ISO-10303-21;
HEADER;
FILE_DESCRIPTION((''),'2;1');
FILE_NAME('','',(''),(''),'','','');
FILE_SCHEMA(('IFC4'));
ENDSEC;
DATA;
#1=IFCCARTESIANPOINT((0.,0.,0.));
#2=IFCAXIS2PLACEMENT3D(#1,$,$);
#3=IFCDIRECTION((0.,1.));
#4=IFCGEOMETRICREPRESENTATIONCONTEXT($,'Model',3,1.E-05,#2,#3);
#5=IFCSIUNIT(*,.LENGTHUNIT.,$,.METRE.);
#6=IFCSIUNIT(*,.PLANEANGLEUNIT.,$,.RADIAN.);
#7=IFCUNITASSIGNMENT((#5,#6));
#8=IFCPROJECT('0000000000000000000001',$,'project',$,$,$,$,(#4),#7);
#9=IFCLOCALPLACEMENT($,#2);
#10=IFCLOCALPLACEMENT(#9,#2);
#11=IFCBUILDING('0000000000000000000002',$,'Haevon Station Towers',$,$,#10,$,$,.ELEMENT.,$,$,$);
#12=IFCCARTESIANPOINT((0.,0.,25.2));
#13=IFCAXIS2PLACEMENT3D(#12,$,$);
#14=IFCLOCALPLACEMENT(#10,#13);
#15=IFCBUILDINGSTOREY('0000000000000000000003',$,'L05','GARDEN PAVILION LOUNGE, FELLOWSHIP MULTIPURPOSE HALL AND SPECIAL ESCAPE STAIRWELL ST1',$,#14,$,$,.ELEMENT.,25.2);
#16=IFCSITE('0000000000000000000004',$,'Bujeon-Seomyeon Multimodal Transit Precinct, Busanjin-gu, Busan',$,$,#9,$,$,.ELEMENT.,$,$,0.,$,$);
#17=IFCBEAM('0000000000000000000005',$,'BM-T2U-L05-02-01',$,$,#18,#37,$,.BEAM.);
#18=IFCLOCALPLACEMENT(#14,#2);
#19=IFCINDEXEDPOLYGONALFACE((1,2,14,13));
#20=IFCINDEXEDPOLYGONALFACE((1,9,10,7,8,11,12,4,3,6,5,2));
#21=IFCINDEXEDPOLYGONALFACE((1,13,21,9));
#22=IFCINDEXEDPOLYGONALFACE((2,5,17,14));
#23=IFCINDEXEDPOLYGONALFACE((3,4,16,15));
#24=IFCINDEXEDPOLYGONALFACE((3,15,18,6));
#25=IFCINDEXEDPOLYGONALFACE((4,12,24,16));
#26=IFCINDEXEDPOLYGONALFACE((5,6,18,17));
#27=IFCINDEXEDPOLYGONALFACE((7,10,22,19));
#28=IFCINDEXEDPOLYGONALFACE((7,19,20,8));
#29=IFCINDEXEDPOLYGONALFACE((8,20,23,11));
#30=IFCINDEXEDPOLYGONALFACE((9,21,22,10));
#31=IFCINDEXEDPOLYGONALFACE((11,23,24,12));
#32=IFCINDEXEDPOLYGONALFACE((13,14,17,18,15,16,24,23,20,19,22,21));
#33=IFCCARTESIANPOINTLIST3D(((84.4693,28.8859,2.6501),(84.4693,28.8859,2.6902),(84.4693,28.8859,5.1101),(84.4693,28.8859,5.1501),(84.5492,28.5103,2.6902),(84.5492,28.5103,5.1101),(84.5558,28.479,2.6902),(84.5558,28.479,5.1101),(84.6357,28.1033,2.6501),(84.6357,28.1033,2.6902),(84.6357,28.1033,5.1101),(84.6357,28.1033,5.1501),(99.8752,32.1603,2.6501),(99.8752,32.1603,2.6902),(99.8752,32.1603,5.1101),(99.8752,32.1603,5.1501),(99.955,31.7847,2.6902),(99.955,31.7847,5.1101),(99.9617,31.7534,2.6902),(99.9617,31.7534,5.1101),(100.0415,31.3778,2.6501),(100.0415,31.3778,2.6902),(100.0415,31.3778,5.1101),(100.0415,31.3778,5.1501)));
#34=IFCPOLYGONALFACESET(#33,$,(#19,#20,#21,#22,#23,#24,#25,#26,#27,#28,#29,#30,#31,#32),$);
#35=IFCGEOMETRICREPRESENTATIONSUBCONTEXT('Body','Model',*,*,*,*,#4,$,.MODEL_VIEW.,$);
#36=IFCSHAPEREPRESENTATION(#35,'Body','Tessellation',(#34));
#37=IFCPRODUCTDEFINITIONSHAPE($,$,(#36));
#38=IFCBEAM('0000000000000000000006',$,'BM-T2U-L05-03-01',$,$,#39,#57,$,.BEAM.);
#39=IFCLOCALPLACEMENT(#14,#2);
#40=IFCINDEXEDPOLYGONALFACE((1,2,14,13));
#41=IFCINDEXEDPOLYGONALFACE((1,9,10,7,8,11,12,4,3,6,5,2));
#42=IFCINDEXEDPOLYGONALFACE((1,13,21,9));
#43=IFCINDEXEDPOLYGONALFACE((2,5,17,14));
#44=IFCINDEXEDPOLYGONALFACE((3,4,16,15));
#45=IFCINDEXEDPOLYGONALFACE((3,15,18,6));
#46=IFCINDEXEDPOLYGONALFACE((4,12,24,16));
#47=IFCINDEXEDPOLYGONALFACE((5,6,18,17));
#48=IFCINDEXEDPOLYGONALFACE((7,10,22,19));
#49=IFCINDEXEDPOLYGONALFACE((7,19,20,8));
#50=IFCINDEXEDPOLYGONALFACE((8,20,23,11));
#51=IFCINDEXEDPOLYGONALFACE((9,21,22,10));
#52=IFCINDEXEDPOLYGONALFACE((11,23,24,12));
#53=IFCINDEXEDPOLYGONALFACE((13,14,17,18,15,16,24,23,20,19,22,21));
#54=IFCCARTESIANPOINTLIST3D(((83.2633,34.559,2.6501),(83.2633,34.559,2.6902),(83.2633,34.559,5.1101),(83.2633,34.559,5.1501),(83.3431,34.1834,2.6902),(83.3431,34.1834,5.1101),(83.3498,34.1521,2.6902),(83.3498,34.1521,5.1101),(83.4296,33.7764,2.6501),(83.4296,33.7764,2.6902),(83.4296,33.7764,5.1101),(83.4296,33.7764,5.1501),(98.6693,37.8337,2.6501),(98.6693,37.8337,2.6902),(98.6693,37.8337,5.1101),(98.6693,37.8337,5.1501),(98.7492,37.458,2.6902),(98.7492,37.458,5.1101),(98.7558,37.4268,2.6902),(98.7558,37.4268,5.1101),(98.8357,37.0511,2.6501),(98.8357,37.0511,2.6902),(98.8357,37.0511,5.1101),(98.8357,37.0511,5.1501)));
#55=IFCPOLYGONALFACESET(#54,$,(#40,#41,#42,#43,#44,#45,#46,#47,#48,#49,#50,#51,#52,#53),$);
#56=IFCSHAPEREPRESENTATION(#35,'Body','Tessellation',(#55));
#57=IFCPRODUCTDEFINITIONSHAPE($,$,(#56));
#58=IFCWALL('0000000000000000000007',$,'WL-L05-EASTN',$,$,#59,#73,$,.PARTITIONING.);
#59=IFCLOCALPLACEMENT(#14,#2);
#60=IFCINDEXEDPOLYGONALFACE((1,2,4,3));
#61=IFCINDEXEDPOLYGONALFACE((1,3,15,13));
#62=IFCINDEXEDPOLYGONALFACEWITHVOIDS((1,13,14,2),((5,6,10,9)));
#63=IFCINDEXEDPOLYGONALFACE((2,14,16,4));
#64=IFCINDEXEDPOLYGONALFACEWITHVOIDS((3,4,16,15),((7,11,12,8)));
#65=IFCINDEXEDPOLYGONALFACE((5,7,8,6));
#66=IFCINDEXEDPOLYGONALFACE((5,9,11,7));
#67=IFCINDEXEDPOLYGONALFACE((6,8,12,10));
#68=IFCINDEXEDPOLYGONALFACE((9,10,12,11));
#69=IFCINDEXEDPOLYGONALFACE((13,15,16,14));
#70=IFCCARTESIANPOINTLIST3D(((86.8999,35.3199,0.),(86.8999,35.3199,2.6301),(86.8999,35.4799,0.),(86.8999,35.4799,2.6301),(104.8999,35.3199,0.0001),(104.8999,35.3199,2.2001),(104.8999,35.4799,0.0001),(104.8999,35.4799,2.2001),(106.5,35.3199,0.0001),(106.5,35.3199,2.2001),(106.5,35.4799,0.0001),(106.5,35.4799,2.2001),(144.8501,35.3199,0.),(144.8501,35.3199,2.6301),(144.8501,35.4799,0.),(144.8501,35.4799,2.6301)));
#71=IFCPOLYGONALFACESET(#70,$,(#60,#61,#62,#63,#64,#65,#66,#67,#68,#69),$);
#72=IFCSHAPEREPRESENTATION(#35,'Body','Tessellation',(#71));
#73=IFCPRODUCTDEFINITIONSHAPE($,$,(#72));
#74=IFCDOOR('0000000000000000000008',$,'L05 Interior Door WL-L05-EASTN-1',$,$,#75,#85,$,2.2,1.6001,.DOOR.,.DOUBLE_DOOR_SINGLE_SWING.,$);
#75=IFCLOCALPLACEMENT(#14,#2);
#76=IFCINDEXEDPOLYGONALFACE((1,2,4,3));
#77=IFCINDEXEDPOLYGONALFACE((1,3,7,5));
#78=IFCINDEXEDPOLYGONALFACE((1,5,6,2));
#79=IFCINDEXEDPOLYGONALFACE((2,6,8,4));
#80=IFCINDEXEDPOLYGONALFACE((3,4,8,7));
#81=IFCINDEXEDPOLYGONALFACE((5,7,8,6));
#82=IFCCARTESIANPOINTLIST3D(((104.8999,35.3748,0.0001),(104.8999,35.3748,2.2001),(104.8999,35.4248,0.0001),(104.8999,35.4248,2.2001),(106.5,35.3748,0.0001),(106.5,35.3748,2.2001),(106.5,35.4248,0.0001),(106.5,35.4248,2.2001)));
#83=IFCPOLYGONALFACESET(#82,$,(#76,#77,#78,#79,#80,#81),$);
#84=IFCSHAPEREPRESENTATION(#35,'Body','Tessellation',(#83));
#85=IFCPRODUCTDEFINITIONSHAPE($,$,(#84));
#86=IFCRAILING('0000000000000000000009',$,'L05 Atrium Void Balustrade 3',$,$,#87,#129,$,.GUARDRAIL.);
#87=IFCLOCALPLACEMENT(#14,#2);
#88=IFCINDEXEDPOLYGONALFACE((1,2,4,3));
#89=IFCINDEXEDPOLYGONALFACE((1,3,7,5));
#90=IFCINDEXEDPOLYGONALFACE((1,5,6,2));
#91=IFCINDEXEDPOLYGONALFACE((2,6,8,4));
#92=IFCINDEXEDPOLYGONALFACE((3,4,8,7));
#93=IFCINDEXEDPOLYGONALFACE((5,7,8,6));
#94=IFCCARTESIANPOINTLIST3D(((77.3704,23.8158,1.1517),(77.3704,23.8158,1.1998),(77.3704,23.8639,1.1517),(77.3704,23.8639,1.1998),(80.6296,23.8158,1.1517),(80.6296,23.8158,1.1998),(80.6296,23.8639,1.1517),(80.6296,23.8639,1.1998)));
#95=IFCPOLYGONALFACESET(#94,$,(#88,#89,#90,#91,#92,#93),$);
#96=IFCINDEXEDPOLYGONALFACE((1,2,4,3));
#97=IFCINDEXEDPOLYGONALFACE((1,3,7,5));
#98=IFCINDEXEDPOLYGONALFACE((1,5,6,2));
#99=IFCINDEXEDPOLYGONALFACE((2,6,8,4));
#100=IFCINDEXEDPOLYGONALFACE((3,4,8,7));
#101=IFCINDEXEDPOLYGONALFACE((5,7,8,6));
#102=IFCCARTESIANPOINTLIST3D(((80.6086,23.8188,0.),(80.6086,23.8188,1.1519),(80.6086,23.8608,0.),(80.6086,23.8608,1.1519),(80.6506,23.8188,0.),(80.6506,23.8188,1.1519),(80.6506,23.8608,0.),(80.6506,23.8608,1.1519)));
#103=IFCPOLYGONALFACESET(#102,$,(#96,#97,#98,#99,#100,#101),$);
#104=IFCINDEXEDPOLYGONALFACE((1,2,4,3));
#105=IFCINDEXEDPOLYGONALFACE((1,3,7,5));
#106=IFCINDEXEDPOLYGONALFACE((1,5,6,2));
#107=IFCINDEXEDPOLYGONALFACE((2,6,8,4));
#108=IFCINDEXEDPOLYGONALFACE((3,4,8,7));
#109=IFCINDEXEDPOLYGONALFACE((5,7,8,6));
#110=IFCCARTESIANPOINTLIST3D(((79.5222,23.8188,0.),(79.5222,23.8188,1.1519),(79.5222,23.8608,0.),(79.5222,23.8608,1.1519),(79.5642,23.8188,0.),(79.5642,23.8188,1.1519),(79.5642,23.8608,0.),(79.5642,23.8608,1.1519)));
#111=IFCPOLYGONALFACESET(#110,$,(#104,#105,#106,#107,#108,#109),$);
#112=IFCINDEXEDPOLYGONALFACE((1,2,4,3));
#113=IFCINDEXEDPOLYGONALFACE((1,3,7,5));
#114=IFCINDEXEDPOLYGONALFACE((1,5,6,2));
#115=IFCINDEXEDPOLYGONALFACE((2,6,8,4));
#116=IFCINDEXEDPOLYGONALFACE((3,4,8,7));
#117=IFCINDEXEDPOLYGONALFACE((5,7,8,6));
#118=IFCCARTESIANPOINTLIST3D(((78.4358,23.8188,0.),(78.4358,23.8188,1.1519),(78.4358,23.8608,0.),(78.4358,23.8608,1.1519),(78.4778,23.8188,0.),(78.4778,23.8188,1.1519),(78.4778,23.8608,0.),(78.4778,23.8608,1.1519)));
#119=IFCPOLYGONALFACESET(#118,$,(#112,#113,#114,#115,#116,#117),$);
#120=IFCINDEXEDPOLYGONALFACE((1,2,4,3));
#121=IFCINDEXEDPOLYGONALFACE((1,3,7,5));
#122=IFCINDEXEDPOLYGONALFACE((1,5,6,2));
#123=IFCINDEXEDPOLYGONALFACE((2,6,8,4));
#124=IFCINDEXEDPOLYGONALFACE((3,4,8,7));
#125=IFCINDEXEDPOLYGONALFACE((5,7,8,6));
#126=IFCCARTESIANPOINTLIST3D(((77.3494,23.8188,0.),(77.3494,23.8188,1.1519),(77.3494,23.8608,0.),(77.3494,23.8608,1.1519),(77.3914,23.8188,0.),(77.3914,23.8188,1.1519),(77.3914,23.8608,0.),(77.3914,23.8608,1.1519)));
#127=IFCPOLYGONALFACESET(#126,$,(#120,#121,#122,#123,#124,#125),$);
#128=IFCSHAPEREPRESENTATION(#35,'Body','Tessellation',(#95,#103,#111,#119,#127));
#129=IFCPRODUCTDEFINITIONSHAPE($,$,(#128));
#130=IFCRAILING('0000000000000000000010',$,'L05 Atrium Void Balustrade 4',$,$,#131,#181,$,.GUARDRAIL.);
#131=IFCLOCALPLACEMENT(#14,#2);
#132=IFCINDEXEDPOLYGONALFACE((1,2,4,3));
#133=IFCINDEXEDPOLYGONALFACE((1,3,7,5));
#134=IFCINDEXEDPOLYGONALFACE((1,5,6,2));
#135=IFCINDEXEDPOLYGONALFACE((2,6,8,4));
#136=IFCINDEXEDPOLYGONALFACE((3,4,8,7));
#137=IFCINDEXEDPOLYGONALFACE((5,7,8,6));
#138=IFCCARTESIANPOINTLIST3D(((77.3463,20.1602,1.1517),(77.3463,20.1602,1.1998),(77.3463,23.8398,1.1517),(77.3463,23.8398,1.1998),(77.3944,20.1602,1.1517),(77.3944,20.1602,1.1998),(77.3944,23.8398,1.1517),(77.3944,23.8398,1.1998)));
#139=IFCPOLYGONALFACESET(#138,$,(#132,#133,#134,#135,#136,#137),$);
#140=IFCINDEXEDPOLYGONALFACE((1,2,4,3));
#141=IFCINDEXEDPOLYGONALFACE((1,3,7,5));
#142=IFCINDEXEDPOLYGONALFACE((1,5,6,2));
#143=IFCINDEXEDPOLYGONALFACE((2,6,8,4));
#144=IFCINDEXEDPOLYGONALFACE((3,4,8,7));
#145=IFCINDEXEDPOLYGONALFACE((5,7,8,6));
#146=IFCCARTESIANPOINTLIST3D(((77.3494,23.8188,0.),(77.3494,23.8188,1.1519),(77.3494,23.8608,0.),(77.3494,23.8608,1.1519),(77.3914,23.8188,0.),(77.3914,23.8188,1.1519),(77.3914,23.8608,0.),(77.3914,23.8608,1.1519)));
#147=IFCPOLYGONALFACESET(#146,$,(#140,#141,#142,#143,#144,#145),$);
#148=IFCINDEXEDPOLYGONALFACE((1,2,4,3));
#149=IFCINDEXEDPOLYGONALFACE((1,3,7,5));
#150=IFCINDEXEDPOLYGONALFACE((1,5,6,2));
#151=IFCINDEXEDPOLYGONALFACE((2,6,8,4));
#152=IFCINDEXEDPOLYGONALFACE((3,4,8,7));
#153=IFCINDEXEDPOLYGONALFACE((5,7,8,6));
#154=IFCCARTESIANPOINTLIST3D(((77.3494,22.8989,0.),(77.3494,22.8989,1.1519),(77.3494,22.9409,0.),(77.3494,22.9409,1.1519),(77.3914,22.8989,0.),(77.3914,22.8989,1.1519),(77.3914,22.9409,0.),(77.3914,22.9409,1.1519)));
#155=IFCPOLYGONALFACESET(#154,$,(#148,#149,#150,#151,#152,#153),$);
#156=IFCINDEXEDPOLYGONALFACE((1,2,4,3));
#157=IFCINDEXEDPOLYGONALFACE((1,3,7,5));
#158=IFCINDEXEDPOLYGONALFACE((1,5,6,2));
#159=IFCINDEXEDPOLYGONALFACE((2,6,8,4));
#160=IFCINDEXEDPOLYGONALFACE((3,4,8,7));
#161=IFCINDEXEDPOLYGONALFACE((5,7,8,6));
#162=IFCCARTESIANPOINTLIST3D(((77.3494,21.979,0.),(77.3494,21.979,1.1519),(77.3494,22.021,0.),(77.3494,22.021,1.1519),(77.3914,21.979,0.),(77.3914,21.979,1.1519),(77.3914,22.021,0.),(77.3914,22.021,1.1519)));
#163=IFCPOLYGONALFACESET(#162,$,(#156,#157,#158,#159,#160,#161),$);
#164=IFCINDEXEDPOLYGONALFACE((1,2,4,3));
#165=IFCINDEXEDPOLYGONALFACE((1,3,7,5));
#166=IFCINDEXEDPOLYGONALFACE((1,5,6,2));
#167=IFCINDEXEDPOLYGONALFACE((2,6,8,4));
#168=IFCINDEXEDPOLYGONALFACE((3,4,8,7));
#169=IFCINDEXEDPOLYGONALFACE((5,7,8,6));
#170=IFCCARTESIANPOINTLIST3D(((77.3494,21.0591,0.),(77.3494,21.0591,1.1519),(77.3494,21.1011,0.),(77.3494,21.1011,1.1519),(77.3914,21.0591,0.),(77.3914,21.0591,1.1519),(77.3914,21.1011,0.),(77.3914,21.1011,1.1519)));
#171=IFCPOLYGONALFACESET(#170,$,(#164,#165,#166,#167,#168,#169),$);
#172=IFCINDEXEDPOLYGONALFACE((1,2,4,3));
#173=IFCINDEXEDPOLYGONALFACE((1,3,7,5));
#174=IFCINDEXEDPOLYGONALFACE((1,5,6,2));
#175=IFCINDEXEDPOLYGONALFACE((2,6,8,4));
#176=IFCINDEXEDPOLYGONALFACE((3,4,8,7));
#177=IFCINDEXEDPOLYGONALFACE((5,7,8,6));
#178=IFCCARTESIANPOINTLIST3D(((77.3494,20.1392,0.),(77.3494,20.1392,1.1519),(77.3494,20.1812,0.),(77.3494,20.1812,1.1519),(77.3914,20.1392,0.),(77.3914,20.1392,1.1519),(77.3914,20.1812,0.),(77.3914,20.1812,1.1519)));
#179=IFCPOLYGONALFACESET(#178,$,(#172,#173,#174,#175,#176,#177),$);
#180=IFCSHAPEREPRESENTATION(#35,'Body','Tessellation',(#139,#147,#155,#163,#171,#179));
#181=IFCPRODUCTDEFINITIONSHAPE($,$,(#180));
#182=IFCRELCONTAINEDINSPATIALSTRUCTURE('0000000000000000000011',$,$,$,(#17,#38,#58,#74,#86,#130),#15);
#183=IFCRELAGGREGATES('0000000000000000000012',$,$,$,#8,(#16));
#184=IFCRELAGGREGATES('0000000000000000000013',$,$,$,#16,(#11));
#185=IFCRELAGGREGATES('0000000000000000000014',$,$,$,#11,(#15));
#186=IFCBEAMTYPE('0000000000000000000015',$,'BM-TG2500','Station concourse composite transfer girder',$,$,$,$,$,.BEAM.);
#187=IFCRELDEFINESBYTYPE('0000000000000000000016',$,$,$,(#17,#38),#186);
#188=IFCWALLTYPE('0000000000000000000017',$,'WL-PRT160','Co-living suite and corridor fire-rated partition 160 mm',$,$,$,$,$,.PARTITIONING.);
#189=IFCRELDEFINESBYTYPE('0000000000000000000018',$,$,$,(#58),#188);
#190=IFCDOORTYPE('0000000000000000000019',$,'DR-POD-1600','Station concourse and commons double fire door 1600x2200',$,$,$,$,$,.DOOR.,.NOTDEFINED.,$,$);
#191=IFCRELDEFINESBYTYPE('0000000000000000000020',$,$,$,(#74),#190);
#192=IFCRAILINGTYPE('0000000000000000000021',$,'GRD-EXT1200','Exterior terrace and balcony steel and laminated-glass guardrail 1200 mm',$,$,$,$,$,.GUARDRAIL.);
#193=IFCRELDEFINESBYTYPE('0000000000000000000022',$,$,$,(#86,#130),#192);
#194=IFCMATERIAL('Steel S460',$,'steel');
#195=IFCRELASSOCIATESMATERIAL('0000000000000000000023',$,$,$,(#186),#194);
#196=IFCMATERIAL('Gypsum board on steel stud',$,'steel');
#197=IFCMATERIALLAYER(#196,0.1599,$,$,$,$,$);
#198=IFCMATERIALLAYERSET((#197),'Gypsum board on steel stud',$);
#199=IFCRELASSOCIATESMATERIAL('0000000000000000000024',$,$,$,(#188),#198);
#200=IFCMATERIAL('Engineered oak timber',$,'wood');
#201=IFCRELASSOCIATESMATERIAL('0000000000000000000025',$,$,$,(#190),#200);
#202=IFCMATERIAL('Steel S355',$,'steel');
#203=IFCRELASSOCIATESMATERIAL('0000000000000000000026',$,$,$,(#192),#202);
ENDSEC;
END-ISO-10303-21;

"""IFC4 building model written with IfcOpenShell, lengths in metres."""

from ifc_helpers import new_model, si_unit, direction, frame, frame_2d, origin, origin_2d, place, context, subcontext, project, spatial, rectangle, i_section, extrude, material, layer, layer_set, material_profile, profile_set, type_object, element, fill, save


model = new_model("IFC4")

# Units and contexts
model_context = context("Model", 3, precision=1e-05, world=origin(), true_north=direction((0.0, 1.0)))
body_context = subcontext(model_context, "Body", "Model", "MODEL_VIEW")
ifc_project = project(units=[si_unit("LENGTHUNIT", "METRE"), si_unit("PLANEANGLEUNIT", "RADIAN")], contexts=[model_context])

# Site, building, storey
site_placement = place(None, origin())
site = spatial("IfcSite", under=ifc_project, at=site_placement, Name="Bujeon-Seomyeon Multimodal Transit Precinct, Busanjin-gu, Busan", CompositionType="ELEMENT", RefElevation=0.0)
building_placement = place(site_placement, origin())
building = spatial("IfcBuilding", under=site, at=building_placement, Name="Haevon Station Towers", CompositionType="ELEMENT")
storey_placement = place(building_placement, frame((0.0, 0.0, 25.2)))
storey = spatial("IfcBuildingStorey", under=building, at=storey_placement, Name="L05", Description="GARDEN PAVILION LOUNGE, FELLOWSHIP MULTIPURPOSE HALL AND SPECIAL ESCAPE STAIRWELL ST1", CompositionType="ELEMENT", Elevation=25.2)

# Shared definitions
ifc_material_1 = material(Name="Steel S460", Category="steel")

# Beams
ifc_material_2 = material(Name="Steel S355", Category="steel")
ifc_material_profile_1 = material_profile(ifc_material_1, i_section(OverallWidth=0.8, OverallDepth=2.5, WebThickness=0.032, FlangeThickness=0.04, at=origin_2d()), Name="H-2500x800x32x40")
ifc_profile_set_1 = profile_set([ifc_material_profile_1], Name="Steel S460")
beam_type_1 = type_object("IfcBeamType", Name="BM-TG2500", Description="Station concourse composite transfer girder", PredefinedType="BEAM", material=ifc_profile_set_1)
beam_1_placement = place(storey_placement, frame((84.5525, 28.4946, 3.9001), z_axis=(0.97815, 0.207901, 0.0), x_axis=(-0.207901, 0.97815, 0.0)))
element("IfcBeam", 1, at=beam_1_placement, inside=storey, type_object=beam_type_1, Name="BM-T2U-L05-02-01", PredefinedType="BEAM", context=body_context, shape_type="SweptSolid", body=[
    extrude(i_section(OverallWidth=0.8, OverallDepth=2.5, WebThickness=0.032, FlangeThickness=0.04, at=origin_2d()), origin(), (0.0, 0.0, 1.0), 15.75),
])
beam_2_placement = place(storey_placement, frame((83.3464, 34.1677, 3.9001), z_axis=(0.978147, 0.207912, 0.0), x_axis=(-0.207912, 0.978147, 0.0)))
element("IfcBeam", 2, at=beam_2_placement, inside=storey, type_object=beam_type_1, Name="BM-T2U-L05-03-01", PredefinedType="BEAM", context=body_context, shape_type="SweptSolid", body=[
    extrude(i_section(OverallWidth=0.8, OverallDepth=2.5, WebThickness=0.032, FlangeThickness=0.04, at=origin_2d()), origin(), (0.0, 0.0, 1.0), 15.7502),
])

# Wall, opening, door
ifc_material_3 = material(Name="Gypsum board on steel stud", Category="steel")
ifc_layer = layer(ifc_material_3, 0.1599)
ifc_layer_set = layer_set([ifc_layer], Name="Gypsum board on steel stud")
wall_type = type_object("IfcWallType", Name="WL-PRT160", Description="Co-living suite and corridor fire-rated partition 160 mm", PredefinedType="PARTITIONING", material=ifc_layer_set)
wall_placement = place(storey_placement, frame((86.8999, 35.3999, 0.0), z_axis=(0.0, 0.0, 1.0), x_axis=(1.0, 0.0, 0.0)))
wall = element("IfcWall", 3, at=wall_placement, inside=storey, type_object=wall_type, Name="WL-L05-EASTN", PredefinedType="PARTITIONING", context=body_context, shape_type="SweptSolid", body=[
    extrude(rectangle(XDim=57.9502, YDim=0.1599, at=frame_2d((28.9751, 0.0))), origin(), (0.0, 0.0, 1.0), 2.6301),
])
opening_placement = place(wall_placement, frame((18.0, 0.0, 0.0)))
opening = element("IfcOpeningElement", 4, at=opening_placement, cuts=wall, PredefinedType="OPENING", context=body_context, shape_type="SweptSolid", body=[
    extrude(rectangle(XDim=1.6001, YDim=2.2, at=frame_2d((0.8, 1.1001))), frame((0.0, 0.0898, 0.0), z_axis=(0.0, -1.0, 0.0), x_axis=(1.0, 0.0, 0.0)), (0.0, 0.0, 1.0), 0.1799),
])
ifc_material_4 = material(Name="Engineered oak timber", Category="wood")
door_type = type_object("IfcDoorType", Name="DR-POD-1600", Description="Station concourse and commons double fire door 1600x2200", OperationType="NOTDEFINED", PredefinedType="DOOR", material=ifc_material_4)
door_placement = place(opening_placement, origin())
door = element("IfcDoor", 5, at=door_placement, inside=storey, type_object=door_type, Name="L05 Interior Door WL-L05-EASTN-1", OperationType="DOUBLE_DOOR_SINGLE_SWING", OverallHeight=2.2, OverallWidth=1.6001, PredefinedType="DOOR", context=body_context, shape_type="SweptSolid", body=[
    extrude(rectangle(XDim=1.6001, YDim=2.2, at=frame_2d((0.8, 1.1001))), frame((0.0, 0.0249, 0.0), z_axis=(0.0, -1.0, 0.0), x_axis=(1.0, 0.0, 0.0)), (0.0, 0.0, 1.0), 0.05),
])
fill(opening, door)

# Railings
railing_type = type_object("IfcRailingType", Name="GRD-EXT1200", Description="Exterior terrace and balcony steel and laminated-glass guardrail 1200 mm", PredefinedType="GUARDRAIL", material=ifc_material_2)
railing_1_placement = place(storey_placement, frame((80.6296, 23.8398, 0.0)))
element("IfcRailing", 6, at=railing_1_placement, inside=storey, type_object=railing_type, Name="L05 Atrium Void Balustrade 3", PredefinedType="GUARDRAIL", context=body_context, shape_type="SweptSolid", body=[
    extrude(rectangle(XDim=0.0481, YDim=0.0481, at=origin_2d()), frame((0.0, 0.0, 1.1758), z_axis=(-1.0, 0.0, 0.0), x_axis=(0.0, -1.0, 0.0)), (0.0, 0.0, 1.0), 3.2593),
    extrude(rectangle(XDim=0.042, YDim=0.042, at=origin_2d()), origin(), (0.0, 0.0, 1.0), 1.1519),
    extrude(rectangle(XDim=0.042, YDim=0.042, at=origin_2d()), frame((-1.0864, 0.0, 0.0)), (0.0, 0.0, 1.0), 1.1519),
    extrude(rectangle(XDim=0.042, YDim=0.042, at=origin_2d()), frame((-2.1729, 0.0, 0.0)), (0.0, 0.0, 1.0), 1.1519),
    extrude(rectangle(XDim=0.042, YDim=0.042, at=origin_2d()), frame((-3.2593, 0.0, 0.0)), (0.0, 0.0, 1.0), 1.1519),
])
railing_2_placement = place(storey_placement, frame((77.3704, 23.8398, 0.0)))
element("IfcRailing", 7, at=railing_2_placement, inside=storey, type_object=railing_type, Name="L05 Atrium Void Balustrade 4", PredefinedType="GUARDRAIL", context=body_context, shape_type="SweptSolid", body=[
    extrude(rectangle(XDim=0.0481, YDim=0.0481, at=origin_2d()), frame((0.0, 0.0, 1.1758), z_axis=(0.0, -1.0, 0.0), x_axis=(1.0, 0.0, 0.0)), (0.0, 0.0, 1.0), 3.6797),
    extrude(rectangle(XDim=0.042, YDim=0.042, at=origin_2d()), origin(), (0.0, 0.0, 1.0), 1.1519),
    extrude(rectangle(XDim=0.042, YDim=0.042, at=origin_2d()), frame((0.0, -0.9199, 0.0)), (0.0, 0.0, 1.0), 1.1519),
    extrude(rectangle(XDim=0.042, YDim=0.042, at=origin_2d()), frame((0.0, -1.8398, 0.0)), (0.0, 0.0, 1.0), 1.1519),
    extrude(rectangle(XDim=0.042, YDim=0.042, at=origin_2d()), frame((0.0, -2.7598, 0.0)), (0.0, 0.0, 1.0), 1.1519),
    extrude(rectangle(XDim=0.042, YDim=0.042, at=origin_2d()), frame((0.0, -3.6797, 0.0)), (0.0, 0.0, 1.0), 1.1519),
])

save(model, "model.ifc")
